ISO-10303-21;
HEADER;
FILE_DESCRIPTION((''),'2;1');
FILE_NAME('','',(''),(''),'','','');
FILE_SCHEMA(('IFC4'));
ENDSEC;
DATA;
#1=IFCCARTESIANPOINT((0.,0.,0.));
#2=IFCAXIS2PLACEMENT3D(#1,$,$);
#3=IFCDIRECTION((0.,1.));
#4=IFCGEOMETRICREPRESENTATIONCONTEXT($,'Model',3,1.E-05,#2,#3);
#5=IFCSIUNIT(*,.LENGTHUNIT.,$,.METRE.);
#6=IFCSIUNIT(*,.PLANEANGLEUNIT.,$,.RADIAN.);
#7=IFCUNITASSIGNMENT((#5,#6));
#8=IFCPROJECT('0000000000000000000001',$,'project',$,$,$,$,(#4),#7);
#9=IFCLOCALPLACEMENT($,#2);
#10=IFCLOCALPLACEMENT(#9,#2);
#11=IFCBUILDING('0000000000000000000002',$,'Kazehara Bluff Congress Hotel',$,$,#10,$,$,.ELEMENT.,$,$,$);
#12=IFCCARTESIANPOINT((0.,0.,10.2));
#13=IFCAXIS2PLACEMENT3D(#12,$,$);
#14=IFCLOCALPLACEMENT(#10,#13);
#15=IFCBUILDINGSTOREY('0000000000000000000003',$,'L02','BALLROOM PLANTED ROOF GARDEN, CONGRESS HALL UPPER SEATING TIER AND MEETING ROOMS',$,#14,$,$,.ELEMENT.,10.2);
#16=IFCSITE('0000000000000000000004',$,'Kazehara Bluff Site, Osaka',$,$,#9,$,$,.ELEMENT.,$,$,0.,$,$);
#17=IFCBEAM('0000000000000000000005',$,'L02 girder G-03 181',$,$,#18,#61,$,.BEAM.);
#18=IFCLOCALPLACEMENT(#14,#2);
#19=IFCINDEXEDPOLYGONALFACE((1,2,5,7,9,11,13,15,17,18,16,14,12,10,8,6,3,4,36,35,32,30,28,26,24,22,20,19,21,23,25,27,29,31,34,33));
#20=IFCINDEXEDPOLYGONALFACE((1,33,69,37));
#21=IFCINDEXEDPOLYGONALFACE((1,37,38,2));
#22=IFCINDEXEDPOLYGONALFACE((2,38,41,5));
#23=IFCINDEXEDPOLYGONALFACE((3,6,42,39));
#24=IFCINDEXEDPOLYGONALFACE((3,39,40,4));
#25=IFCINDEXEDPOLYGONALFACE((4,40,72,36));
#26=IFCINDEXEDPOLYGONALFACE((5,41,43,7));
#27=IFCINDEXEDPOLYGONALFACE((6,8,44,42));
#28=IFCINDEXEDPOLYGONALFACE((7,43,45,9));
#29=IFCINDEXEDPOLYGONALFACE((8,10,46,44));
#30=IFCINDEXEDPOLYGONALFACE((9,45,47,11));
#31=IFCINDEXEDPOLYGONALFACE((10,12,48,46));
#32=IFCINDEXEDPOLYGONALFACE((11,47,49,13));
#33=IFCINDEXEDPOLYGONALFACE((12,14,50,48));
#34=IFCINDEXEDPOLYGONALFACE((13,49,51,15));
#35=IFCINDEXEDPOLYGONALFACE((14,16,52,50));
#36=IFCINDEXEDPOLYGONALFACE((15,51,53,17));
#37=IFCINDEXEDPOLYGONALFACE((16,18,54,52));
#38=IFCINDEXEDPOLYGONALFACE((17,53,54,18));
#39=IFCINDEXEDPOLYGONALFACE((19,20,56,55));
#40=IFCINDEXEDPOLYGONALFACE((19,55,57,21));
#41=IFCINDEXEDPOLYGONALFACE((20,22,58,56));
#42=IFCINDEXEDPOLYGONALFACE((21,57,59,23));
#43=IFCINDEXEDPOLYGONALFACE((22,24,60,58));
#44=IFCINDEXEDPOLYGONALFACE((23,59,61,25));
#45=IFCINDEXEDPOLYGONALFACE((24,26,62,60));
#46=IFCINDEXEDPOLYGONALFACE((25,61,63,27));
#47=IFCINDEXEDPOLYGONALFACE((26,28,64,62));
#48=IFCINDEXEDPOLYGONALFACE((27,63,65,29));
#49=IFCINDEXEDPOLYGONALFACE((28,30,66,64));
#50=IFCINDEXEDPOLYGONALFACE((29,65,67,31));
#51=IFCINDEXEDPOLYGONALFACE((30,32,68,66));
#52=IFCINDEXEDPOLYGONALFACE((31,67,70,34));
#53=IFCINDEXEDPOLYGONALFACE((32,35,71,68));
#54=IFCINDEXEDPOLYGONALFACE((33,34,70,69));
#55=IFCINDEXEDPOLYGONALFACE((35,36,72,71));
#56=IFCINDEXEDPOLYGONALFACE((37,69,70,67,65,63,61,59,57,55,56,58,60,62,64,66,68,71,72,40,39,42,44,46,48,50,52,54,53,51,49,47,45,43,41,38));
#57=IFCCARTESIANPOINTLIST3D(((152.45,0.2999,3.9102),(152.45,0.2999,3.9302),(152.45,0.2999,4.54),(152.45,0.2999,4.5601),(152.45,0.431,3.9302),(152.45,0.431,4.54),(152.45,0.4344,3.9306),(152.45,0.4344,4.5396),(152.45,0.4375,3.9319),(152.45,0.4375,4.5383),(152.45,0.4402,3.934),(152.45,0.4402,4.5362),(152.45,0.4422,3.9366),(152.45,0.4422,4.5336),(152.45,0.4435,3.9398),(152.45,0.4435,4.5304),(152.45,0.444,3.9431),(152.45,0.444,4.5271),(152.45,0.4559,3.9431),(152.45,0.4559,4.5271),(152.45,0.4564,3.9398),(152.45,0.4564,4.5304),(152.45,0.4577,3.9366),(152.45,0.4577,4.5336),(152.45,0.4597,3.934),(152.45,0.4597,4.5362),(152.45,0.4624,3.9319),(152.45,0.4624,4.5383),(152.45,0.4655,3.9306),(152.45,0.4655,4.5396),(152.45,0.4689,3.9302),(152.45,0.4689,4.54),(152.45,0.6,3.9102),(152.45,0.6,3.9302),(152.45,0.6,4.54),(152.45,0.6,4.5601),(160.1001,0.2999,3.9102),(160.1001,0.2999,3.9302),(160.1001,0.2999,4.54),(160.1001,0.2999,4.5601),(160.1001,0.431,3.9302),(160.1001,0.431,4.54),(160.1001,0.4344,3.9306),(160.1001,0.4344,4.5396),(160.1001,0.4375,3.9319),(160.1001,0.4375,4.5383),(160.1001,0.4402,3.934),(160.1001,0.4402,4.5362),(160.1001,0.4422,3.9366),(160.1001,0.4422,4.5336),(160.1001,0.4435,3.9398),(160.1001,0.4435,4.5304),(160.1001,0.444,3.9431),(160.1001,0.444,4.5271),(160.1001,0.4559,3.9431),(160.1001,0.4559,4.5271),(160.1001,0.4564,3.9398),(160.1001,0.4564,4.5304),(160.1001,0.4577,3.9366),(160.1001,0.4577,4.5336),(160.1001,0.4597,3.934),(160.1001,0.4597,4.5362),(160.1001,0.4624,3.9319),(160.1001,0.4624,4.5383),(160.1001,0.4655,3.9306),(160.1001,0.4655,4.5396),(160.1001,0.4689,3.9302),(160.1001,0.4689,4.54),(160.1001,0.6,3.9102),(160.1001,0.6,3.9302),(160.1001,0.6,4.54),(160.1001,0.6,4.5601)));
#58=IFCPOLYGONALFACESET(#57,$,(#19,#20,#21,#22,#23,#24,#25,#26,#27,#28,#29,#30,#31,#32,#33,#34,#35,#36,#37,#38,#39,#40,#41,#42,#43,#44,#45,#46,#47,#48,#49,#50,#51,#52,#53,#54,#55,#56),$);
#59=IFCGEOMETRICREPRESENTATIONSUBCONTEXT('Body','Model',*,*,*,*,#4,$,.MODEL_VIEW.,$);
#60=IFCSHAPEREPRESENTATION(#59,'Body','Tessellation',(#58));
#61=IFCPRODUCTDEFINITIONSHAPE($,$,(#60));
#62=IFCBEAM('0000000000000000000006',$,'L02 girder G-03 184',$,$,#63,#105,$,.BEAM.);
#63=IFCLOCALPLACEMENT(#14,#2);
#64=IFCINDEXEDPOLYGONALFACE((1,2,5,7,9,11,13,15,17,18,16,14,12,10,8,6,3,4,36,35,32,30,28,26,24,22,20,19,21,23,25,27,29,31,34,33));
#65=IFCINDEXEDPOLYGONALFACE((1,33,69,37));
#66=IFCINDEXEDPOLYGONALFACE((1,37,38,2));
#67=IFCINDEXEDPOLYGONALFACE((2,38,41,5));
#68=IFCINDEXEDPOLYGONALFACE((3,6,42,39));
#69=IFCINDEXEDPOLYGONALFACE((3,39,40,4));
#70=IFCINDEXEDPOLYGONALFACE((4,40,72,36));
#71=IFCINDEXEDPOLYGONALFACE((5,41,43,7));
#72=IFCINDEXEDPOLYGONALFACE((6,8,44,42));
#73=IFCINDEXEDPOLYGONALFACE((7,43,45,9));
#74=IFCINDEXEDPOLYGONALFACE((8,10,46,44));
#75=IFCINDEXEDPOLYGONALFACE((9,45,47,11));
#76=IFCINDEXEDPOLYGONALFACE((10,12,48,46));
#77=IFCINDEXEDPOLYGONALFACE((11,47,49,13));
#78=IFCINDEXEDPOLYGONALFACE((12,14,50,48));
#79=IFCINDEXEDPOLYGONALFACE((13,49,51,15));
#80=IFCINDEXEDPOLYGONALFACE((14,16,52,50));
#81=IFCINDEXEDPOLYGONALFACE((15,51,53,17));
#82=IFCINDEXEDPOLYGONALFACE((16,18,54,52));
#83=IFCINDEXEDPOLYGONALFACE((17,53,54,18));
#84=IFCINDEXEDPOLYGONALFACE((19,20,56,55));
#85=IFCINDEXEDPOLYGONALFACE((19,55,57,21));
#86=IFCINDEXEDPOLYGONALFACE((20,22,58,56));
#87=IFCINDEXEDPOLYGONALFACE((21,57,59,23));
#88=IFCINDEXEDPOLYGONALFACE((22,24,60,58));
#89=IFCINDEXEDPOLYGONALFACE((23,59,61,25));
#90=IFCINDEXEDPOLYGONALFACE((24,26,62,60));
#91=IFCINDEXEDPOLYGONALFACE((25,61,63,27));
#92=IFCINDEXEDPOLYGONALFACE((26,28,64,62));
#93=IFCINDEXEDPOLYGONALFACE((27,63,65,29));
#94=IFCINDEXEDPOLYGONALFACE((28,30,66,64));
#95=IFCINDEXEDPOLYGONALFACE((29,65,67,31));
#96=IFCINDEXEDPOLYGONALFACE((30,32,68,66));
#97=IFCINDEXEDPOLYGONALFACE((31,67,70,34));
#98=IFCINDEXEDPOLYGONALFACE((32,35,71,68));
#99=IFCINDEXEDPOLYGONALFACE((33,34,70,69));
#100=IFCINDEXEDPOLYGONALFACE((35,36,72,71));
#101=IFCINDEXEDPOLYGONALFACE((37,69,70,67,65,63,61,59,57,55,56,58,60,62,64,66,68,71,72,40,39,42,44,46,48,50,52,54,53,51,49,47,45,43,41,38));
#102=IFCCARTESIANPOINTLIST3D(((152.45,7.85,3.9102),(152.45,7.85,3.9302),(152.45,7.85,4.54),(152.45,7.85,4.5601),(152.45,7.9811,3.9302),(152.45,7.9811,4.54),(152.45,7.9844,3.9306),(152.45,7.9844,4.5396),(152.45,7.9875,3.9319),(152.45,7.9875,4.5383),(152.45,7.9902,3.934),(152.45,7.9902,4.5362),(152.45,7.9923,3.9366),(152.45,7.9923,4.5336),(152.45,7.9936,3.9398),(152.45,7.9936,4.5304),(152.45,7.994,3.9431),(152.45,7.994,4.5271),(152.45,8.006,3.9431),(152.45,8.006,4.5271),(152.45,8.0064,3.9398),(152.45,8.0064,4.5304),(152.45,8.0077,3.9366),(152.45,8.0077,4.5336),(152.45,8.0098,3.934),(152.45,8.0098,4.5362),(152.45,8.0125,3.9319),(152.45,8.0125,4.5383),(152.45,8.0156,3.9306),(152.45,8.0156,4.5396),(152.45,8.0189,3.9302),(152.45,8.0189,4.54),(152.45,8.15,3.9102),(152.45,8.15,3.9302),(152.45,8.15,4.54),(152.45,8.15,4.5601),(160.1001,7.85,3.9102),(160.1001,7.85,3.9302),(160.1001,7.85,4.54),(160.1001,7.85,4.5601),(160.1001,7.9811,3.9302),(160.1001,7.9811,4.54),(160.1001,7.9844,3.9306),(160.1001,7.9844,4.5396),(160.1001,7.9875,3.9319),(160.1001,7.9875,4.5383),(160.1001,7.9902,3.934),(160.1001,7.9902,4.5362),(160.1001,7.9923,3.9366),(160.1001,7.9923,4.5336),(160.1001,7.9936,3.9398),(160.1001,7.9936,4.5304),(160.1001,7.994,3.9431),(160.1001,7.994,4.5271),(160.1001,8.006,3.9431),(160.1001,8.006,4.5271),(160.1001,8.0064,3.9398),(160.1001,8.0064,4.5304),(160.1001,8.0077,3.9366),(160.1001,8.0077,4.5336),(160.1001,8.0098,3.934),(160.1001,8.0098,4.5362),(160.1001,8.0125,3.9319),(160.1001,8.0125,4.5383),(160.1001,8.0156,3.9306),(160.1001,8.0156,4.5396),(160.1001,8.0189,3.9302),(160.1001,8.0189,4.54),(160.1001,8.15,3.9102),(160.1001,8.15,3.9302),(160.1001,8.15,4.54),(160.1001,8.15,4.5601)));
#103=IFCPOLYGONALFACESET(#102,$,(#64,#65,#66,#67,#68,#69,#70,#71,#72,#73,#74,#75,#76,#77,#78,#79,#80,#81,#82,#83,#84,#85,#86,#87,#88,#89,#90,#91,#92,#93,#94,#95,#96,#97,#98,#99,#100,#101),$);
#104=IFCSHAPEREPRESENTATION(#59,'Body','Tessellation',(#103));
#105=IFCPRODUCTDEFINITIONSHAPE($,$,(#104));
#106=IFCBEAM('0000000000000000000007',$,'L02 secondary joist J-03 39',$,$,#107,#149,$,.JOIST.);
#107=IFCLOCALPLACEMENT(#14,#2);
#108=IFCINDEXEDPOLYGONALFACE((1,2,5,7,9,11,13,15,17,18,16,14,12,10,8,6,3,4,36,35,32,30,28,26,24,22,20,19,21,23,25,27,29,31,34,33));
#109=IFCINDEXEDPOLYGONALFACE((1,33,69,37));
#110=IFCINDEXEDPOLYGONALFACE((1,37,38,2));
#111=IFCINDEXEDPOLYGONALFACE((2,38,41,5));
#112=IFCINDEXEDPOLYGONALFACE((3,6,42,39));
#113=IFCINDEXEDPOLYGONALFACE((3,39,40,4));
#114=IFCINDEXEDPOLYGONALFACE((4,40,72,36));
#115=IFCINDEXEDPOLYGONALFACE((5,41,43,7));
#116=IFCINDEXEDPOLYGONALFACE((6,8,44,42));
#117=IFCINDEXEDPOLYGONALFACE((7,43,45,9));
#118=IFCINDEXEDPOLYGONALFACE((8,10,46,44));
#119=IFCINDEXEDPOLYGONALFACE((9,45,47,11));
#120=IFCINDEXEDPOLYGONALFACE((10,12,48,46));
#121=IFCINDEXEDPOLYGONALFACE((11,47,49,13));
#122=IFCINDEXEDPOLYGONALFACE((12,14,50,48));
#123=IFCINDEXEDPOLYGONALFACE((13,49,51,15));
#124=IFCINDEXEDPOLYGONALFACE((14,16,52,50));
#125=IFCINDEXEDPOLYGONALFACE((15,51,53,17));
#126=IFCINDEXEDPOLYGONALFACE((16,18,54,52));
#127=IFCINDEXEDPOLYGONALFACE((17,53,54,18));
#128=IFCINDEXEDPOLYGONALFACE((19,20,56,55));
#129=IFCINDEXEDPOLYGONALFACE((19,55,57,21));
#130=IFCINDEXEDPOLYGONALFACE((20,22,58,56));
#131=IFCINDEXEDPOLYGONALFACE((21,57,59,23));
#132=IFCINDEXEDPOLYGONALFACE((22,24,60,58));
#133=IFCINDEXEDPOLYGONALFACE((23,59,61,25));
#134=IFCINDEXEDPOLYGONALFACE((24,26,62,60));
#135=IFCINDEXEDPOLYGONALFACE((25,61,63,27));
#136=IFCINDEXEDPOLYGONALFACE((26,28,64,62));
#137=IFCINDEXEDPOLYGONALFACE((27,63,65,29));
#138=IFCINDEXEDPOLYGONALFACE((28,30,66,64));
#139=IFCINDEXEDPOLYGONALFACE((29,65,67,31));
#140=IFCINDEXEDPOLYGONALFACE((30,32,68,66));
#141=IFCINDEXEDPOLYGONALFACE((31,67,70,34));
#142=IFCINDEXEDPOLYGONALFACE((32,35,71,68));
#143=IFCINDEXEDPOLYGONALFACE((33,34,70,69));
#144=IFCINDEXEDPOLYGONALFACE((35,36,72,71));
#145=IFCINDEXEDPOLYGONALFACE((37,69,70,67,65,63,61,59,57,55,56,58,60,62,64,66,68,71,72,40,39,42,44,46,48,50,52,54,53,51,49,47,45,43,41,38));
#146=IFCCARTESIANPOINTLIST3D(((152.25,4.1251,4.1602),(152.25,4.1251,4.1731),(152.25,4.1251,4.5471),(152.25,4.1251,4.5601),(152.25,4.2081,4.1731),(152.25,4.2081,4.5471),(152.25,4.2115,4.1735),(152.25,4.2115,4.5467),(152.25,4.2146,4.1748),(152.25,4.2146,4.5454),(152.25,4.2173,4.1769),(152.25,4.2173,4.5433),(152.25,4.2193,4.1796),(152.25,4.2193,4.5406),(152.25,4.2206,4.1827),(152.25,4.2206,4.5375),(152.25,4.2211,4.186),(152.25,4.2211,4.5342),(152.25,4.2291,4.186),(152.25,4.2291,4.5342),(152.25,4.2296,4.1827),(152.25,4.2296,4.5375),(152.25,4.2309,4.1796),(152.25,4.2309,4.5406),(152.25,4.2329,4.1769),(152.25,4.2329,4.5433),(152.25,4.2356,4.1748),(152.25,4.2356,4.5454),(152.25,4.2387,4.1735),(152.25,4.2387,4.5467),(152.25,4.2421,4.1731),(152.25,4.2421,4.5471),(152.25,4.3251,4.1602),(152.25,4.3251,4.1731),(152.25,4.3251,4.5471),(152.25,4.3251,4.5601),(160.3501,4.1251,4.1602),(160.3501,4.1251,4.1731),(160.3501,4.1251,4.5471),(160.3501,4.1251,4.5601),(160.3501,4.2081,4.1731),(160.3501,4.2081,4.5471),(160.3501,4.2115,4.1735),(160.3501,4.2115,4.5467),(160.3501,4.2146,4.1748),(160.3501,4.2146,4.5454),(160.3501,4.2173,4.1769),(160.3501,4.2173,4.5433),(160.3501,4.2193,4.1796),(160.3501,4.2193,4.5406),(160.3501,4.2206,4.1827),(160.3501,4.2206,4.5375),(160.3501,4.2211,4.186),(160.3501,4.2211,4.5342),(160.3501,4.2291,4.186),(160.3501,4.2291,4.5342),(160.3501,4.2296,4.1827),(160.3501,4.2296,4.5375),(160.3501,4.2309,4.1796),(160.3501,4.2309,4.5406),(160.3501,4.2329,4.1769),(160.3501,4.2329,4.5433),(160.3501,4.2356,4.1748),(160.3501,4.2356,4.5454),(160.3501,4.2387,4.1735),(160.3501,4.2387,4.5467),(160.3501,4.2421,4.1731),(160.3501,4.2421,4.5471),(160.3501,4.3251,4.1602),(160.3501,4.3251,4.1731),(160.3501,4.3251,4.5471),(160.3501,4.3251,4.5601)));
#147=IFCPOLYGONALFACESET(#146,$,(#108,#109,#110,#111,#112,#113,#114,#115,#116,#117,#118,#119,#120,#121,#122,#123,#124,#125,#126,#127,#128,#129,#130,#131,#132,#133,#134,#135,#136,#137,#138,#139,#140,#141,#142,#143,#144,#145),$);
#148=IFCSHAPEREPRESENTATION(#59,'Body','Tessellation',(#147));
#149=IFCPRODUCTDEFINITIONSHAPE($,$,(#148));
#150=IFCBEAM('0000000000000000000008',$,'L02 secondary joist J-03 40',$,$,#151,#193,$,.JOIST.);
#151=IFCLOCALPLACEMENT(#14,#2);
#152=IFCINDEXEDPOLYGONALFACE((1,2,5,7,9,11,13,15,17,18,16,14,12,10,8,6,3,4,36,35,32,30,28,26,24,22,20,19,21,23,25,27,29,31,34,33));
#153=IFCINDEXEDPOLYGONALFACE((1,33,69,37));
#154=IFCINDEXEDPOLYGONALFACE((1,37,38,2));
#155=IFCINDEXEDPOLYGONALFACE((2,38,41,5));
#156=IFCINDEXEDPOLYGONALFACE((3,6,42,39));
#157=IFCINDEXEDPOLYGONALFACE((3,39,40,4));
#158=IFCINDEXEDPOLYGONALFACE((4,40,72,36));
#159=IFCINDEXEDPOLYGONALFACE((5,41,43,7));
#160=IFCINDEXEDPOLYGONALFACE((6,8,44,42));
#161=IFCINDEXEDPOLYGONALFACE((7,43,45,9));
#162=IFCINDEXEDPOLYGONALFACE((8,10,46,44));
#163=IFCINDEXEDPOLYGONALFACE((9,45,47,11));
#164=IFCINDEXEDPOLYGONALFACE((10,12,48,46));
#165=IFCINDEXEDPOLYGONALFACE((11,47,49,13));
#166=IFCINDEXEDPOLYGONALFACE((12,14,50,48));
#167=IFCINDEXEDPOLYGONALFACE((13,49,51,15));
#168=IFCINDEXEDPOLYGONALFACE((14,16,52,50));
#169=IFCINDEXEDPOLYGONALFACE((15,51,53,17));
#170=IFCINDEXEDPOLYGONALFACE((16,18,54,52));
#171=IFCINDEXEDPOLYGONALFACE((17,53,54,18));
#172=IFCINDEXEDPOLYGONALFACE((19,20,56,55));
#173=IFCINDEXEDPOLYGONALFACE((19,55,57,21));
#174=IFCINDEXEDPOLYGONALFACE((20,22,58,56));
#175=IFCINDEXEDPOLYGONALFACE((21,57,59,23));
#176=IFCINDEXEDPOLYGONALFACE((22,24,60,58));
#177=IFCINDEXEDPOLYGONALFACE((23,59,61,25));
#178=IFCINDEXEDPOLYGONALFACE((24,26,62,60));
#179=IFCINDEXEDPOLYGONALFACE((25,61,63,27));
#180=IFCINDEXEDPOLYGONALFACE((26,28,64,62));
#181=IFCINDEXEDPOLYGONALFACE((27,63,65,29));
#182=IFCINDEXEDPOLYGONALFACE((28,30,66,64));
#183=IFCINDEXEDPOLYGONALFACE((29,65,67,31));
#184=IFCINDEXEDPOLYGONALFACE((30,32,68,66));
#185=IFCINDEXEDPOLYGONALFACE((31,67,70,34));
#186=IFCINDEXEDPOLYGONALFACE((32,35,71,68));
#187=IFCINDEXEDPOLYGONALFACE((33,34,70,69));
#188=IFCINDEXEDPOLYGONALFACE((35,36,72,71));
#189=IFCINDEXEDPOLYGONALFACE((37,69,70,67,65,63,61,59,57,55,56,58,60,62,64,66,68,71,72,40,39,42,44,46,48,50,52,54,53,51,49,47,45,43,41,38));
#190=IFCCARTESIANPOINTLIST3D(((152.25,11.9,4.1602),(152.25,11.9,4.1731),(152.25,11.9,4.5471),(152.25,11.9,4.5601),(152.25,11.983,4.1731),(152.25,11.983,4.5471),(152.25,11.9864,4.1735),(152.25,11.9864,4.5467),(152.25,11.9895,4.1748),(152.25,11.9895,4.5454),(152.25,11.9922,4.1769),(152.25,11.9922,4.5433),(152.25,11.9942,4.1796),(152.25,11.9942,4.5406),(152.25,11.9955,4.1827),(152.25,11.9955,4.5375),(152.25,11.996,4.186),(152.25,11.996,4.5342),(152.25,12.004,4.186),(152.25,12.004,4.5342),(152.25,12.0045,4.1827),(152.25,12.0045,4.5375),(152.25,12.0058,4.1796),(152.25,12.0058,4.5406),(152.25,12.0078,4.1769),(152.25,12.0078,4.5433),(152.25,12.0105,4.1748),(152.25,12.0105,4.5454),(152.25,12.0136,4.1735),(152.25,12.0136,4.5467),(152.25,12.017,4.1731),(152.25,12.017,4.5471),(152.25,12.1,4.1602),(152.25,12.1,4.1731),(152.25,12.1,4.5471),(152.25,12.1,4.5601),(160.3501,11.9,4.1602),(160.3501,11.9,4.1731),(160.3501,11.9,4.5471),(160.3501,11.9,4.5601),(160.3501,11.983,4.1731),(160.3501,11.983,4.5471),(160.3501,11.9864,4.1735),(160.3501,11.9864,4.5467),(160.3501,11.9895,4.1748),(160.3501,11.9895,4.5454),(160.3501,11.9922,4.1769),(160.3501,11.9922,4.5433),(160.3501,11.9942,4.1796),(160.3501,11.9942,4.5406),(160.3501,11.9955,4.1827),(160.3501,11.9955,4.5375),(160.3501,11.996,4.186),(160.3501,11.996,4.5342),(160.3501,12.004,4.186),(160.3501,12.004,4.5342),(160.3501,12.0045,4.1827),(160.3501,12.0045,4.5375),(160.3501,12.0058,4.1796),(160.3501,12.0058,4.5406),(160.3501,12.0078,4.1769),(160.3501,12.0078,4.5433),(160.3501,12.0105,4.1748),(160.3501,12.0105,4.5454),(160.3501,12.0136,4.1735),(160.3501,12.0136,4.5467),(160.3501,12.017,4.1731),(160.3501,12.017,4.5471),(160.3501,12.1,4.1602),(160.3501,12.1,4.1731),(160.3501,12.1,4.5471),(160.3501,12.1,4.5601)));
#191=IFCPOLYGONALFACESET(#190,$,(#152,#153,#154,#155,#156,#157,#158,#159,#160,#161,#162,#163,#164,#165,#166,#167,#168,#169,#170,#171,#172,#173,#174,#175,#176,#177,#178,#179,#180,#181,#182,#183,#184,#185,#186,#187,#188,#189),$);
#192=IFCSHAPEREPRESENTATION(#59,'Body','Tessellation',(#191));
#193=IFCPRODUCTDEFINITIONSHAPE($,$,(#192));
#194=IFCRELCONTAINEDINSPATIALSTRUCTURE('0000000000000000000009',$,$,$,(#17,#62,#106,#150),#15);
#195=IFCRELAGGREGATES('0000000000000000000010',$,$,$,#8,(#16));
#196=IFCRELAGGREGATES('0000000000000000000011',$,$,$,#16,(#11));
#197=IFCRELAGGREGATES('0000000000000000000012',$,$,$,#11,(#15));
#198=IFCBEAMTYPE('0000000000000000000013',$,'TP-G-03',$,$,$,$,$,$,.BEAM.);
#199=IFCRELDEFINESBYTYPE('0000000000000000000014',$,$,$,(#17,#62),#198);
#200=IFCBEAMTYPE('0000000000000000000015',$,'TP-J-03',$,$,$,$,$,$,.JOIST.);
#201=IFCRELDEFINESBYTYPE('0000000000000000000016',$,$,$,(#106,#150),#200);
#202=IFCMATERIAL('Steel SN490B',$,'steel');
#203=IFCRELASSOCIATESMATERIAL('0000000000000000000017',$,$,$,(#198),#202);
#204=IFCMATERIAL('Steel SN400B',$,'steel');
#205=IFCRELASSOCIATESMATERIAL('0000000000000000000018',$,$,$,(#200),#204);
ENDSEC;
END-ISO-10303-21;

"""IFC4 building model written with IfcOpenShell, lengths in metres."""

from ifc_helpers import new_model, si_unit, direction, frame, origin, origin_2d, place, context, subcontext, project, spatial, i_section, extrude, material, material_profile, profile_set, type_object, element, save


model = new_model("IFC4")

# Units and contexts
model_context = context("Model", 3, precision=1e-05, world=origin(), true_north=direction((0.0, 1.0)))
body_context = subcontext(model_context, "Body", "Model", "MODEL_VIEW")
ifc_project = project(units=[si_unit("LENGTHUNIT", "METRE"), si_unit("PLANEANGLEUNIT", "RADIAN")], contexts=[model_context])

# Site, building, storey
site_placement = place(None, origin())
site = spatial("IfcSite", under=ifc_project, at=site_placement, Name="Kazehara Bluff Site, Osaka", CompositionType="ELEMENT", RefElevation=0.0)
building_placement = place(site_placement, origin())
building = spatial("IfcBuilding", under=site, at=building_placement, Name="Kazehara Bluff Congress Hotel", CompositionType="ELEMENT")
storey_placement = place(building_placement, frame((0.0, 0.0, 10.2)))
storey = spatial("IfcBuildingStorey", under=building, at=storey_placement, Name="L02", Description="BALLROOM PLANTED ROOF GARDEN, CONGRESS HALL UPPER SEATING TIER AND MEETING ROOMS", CompositionType="ELEMENT", Elevation=10.2)

# Beams
ifc_material_1 = material(Name="Steel SN490B", Category="steel")
ifc_material_profile_1 = material_profile(ifc_material_1, i_section(OverallWidth=0.3, OverallDepth=0.6499, WebThickness=0.012, FlangeThickness=0.02, FilletRadius=0.0129, at=origin_2d()))
ifc_profile_set_1 = profile_set([ifc_material_profile_1], Name="Steel SN490B")
beam_type_1 = type_object("IfcBeamType", Name="TP-G-03", PredefinedType="BEAM", material=ifc_profile_set_1)
for number, where, z_axis, x_axis, name in (
    (1, (152.45, 0.45, 4.2351), (1.0, 0.0, 0.0), (0.0, 1.0, 0.0), "L02 girder G-03 181"),
    (2, (152.45, 8.0, 4.2351), (1.0, 0.0, 0.0), (0.0, 1.0, 0.0), "L02 girder G-03 184"),
):
    element("IfcBeam", number, at=place(storey_placement, frame(where, z_axis=z_axis, x_axis=x_axis)), inside=storey, type_object=beam_type_1, Name=name, PredefinedType="BEAM", context=body_context, shape_type="SweptSolid", body=[
        extrude(i_section(OverallWidth=0.3, OverallDepth=0.6499, WebThickness=0.012, FlangeThickness=0.02, FilletRadius=0.0129, at=origin_2d()), origin(), (0.0, 0.0, 1.0), 7.6501),
    ])
ifc_material_2 = material(Name="Steel SN400B", Category="steel")
ifc_material_profile_2 = material_profile(ifc_material_2, i_section(OverallWidth=0.2, OverallDepth=0.3999, WebThickness=0.0081, FlangeThickness=0.0129, FilletRadius=0.0129, at=origin_2d()))
ifc_profile_set_2 = profile_set([ifc_material_profile_2], Name="Steel SN400B")
beam_type_2 = type_object("IfcBeamType", Name="TP-J-03", PredefinedType="JOIST", material=ifc_profile_set_2)
for number, where, z_axis, x_axis, name in (
    (3, (152.25, 4.2251, 4.3601), (1.0, 0.0, 0.0), (0.0, 1.0, 0.0), "L02 secondary joist J-03 39"),
    (4, (152.25, 12.0, 4.3601), (1.0, 0.0, 0.0), (0.0, 1.0, 0.0), "L02 secondary joist J-03 40"),
):
    element("IfcBeam", number, at=place(storey_placement, frame(where, z_axis=z_axis, x_axis=x_axis)), inside=storey, type_object=beam_type_2, Name=name, PredefinedType="JOIST", context=body_context, shape_type="SweptSolid", body=[
        extrude(i_section(OverallWidth=0.2, OverallDepth=0.3999, WebThickness=0.0081, FlangeThickness=0.0129, FilletRadius=0.0129, at=origin_2d()), origin(), (0.0, 0.0, 1.0), 8.1001),
    ])

save(model, "model.ifc")
